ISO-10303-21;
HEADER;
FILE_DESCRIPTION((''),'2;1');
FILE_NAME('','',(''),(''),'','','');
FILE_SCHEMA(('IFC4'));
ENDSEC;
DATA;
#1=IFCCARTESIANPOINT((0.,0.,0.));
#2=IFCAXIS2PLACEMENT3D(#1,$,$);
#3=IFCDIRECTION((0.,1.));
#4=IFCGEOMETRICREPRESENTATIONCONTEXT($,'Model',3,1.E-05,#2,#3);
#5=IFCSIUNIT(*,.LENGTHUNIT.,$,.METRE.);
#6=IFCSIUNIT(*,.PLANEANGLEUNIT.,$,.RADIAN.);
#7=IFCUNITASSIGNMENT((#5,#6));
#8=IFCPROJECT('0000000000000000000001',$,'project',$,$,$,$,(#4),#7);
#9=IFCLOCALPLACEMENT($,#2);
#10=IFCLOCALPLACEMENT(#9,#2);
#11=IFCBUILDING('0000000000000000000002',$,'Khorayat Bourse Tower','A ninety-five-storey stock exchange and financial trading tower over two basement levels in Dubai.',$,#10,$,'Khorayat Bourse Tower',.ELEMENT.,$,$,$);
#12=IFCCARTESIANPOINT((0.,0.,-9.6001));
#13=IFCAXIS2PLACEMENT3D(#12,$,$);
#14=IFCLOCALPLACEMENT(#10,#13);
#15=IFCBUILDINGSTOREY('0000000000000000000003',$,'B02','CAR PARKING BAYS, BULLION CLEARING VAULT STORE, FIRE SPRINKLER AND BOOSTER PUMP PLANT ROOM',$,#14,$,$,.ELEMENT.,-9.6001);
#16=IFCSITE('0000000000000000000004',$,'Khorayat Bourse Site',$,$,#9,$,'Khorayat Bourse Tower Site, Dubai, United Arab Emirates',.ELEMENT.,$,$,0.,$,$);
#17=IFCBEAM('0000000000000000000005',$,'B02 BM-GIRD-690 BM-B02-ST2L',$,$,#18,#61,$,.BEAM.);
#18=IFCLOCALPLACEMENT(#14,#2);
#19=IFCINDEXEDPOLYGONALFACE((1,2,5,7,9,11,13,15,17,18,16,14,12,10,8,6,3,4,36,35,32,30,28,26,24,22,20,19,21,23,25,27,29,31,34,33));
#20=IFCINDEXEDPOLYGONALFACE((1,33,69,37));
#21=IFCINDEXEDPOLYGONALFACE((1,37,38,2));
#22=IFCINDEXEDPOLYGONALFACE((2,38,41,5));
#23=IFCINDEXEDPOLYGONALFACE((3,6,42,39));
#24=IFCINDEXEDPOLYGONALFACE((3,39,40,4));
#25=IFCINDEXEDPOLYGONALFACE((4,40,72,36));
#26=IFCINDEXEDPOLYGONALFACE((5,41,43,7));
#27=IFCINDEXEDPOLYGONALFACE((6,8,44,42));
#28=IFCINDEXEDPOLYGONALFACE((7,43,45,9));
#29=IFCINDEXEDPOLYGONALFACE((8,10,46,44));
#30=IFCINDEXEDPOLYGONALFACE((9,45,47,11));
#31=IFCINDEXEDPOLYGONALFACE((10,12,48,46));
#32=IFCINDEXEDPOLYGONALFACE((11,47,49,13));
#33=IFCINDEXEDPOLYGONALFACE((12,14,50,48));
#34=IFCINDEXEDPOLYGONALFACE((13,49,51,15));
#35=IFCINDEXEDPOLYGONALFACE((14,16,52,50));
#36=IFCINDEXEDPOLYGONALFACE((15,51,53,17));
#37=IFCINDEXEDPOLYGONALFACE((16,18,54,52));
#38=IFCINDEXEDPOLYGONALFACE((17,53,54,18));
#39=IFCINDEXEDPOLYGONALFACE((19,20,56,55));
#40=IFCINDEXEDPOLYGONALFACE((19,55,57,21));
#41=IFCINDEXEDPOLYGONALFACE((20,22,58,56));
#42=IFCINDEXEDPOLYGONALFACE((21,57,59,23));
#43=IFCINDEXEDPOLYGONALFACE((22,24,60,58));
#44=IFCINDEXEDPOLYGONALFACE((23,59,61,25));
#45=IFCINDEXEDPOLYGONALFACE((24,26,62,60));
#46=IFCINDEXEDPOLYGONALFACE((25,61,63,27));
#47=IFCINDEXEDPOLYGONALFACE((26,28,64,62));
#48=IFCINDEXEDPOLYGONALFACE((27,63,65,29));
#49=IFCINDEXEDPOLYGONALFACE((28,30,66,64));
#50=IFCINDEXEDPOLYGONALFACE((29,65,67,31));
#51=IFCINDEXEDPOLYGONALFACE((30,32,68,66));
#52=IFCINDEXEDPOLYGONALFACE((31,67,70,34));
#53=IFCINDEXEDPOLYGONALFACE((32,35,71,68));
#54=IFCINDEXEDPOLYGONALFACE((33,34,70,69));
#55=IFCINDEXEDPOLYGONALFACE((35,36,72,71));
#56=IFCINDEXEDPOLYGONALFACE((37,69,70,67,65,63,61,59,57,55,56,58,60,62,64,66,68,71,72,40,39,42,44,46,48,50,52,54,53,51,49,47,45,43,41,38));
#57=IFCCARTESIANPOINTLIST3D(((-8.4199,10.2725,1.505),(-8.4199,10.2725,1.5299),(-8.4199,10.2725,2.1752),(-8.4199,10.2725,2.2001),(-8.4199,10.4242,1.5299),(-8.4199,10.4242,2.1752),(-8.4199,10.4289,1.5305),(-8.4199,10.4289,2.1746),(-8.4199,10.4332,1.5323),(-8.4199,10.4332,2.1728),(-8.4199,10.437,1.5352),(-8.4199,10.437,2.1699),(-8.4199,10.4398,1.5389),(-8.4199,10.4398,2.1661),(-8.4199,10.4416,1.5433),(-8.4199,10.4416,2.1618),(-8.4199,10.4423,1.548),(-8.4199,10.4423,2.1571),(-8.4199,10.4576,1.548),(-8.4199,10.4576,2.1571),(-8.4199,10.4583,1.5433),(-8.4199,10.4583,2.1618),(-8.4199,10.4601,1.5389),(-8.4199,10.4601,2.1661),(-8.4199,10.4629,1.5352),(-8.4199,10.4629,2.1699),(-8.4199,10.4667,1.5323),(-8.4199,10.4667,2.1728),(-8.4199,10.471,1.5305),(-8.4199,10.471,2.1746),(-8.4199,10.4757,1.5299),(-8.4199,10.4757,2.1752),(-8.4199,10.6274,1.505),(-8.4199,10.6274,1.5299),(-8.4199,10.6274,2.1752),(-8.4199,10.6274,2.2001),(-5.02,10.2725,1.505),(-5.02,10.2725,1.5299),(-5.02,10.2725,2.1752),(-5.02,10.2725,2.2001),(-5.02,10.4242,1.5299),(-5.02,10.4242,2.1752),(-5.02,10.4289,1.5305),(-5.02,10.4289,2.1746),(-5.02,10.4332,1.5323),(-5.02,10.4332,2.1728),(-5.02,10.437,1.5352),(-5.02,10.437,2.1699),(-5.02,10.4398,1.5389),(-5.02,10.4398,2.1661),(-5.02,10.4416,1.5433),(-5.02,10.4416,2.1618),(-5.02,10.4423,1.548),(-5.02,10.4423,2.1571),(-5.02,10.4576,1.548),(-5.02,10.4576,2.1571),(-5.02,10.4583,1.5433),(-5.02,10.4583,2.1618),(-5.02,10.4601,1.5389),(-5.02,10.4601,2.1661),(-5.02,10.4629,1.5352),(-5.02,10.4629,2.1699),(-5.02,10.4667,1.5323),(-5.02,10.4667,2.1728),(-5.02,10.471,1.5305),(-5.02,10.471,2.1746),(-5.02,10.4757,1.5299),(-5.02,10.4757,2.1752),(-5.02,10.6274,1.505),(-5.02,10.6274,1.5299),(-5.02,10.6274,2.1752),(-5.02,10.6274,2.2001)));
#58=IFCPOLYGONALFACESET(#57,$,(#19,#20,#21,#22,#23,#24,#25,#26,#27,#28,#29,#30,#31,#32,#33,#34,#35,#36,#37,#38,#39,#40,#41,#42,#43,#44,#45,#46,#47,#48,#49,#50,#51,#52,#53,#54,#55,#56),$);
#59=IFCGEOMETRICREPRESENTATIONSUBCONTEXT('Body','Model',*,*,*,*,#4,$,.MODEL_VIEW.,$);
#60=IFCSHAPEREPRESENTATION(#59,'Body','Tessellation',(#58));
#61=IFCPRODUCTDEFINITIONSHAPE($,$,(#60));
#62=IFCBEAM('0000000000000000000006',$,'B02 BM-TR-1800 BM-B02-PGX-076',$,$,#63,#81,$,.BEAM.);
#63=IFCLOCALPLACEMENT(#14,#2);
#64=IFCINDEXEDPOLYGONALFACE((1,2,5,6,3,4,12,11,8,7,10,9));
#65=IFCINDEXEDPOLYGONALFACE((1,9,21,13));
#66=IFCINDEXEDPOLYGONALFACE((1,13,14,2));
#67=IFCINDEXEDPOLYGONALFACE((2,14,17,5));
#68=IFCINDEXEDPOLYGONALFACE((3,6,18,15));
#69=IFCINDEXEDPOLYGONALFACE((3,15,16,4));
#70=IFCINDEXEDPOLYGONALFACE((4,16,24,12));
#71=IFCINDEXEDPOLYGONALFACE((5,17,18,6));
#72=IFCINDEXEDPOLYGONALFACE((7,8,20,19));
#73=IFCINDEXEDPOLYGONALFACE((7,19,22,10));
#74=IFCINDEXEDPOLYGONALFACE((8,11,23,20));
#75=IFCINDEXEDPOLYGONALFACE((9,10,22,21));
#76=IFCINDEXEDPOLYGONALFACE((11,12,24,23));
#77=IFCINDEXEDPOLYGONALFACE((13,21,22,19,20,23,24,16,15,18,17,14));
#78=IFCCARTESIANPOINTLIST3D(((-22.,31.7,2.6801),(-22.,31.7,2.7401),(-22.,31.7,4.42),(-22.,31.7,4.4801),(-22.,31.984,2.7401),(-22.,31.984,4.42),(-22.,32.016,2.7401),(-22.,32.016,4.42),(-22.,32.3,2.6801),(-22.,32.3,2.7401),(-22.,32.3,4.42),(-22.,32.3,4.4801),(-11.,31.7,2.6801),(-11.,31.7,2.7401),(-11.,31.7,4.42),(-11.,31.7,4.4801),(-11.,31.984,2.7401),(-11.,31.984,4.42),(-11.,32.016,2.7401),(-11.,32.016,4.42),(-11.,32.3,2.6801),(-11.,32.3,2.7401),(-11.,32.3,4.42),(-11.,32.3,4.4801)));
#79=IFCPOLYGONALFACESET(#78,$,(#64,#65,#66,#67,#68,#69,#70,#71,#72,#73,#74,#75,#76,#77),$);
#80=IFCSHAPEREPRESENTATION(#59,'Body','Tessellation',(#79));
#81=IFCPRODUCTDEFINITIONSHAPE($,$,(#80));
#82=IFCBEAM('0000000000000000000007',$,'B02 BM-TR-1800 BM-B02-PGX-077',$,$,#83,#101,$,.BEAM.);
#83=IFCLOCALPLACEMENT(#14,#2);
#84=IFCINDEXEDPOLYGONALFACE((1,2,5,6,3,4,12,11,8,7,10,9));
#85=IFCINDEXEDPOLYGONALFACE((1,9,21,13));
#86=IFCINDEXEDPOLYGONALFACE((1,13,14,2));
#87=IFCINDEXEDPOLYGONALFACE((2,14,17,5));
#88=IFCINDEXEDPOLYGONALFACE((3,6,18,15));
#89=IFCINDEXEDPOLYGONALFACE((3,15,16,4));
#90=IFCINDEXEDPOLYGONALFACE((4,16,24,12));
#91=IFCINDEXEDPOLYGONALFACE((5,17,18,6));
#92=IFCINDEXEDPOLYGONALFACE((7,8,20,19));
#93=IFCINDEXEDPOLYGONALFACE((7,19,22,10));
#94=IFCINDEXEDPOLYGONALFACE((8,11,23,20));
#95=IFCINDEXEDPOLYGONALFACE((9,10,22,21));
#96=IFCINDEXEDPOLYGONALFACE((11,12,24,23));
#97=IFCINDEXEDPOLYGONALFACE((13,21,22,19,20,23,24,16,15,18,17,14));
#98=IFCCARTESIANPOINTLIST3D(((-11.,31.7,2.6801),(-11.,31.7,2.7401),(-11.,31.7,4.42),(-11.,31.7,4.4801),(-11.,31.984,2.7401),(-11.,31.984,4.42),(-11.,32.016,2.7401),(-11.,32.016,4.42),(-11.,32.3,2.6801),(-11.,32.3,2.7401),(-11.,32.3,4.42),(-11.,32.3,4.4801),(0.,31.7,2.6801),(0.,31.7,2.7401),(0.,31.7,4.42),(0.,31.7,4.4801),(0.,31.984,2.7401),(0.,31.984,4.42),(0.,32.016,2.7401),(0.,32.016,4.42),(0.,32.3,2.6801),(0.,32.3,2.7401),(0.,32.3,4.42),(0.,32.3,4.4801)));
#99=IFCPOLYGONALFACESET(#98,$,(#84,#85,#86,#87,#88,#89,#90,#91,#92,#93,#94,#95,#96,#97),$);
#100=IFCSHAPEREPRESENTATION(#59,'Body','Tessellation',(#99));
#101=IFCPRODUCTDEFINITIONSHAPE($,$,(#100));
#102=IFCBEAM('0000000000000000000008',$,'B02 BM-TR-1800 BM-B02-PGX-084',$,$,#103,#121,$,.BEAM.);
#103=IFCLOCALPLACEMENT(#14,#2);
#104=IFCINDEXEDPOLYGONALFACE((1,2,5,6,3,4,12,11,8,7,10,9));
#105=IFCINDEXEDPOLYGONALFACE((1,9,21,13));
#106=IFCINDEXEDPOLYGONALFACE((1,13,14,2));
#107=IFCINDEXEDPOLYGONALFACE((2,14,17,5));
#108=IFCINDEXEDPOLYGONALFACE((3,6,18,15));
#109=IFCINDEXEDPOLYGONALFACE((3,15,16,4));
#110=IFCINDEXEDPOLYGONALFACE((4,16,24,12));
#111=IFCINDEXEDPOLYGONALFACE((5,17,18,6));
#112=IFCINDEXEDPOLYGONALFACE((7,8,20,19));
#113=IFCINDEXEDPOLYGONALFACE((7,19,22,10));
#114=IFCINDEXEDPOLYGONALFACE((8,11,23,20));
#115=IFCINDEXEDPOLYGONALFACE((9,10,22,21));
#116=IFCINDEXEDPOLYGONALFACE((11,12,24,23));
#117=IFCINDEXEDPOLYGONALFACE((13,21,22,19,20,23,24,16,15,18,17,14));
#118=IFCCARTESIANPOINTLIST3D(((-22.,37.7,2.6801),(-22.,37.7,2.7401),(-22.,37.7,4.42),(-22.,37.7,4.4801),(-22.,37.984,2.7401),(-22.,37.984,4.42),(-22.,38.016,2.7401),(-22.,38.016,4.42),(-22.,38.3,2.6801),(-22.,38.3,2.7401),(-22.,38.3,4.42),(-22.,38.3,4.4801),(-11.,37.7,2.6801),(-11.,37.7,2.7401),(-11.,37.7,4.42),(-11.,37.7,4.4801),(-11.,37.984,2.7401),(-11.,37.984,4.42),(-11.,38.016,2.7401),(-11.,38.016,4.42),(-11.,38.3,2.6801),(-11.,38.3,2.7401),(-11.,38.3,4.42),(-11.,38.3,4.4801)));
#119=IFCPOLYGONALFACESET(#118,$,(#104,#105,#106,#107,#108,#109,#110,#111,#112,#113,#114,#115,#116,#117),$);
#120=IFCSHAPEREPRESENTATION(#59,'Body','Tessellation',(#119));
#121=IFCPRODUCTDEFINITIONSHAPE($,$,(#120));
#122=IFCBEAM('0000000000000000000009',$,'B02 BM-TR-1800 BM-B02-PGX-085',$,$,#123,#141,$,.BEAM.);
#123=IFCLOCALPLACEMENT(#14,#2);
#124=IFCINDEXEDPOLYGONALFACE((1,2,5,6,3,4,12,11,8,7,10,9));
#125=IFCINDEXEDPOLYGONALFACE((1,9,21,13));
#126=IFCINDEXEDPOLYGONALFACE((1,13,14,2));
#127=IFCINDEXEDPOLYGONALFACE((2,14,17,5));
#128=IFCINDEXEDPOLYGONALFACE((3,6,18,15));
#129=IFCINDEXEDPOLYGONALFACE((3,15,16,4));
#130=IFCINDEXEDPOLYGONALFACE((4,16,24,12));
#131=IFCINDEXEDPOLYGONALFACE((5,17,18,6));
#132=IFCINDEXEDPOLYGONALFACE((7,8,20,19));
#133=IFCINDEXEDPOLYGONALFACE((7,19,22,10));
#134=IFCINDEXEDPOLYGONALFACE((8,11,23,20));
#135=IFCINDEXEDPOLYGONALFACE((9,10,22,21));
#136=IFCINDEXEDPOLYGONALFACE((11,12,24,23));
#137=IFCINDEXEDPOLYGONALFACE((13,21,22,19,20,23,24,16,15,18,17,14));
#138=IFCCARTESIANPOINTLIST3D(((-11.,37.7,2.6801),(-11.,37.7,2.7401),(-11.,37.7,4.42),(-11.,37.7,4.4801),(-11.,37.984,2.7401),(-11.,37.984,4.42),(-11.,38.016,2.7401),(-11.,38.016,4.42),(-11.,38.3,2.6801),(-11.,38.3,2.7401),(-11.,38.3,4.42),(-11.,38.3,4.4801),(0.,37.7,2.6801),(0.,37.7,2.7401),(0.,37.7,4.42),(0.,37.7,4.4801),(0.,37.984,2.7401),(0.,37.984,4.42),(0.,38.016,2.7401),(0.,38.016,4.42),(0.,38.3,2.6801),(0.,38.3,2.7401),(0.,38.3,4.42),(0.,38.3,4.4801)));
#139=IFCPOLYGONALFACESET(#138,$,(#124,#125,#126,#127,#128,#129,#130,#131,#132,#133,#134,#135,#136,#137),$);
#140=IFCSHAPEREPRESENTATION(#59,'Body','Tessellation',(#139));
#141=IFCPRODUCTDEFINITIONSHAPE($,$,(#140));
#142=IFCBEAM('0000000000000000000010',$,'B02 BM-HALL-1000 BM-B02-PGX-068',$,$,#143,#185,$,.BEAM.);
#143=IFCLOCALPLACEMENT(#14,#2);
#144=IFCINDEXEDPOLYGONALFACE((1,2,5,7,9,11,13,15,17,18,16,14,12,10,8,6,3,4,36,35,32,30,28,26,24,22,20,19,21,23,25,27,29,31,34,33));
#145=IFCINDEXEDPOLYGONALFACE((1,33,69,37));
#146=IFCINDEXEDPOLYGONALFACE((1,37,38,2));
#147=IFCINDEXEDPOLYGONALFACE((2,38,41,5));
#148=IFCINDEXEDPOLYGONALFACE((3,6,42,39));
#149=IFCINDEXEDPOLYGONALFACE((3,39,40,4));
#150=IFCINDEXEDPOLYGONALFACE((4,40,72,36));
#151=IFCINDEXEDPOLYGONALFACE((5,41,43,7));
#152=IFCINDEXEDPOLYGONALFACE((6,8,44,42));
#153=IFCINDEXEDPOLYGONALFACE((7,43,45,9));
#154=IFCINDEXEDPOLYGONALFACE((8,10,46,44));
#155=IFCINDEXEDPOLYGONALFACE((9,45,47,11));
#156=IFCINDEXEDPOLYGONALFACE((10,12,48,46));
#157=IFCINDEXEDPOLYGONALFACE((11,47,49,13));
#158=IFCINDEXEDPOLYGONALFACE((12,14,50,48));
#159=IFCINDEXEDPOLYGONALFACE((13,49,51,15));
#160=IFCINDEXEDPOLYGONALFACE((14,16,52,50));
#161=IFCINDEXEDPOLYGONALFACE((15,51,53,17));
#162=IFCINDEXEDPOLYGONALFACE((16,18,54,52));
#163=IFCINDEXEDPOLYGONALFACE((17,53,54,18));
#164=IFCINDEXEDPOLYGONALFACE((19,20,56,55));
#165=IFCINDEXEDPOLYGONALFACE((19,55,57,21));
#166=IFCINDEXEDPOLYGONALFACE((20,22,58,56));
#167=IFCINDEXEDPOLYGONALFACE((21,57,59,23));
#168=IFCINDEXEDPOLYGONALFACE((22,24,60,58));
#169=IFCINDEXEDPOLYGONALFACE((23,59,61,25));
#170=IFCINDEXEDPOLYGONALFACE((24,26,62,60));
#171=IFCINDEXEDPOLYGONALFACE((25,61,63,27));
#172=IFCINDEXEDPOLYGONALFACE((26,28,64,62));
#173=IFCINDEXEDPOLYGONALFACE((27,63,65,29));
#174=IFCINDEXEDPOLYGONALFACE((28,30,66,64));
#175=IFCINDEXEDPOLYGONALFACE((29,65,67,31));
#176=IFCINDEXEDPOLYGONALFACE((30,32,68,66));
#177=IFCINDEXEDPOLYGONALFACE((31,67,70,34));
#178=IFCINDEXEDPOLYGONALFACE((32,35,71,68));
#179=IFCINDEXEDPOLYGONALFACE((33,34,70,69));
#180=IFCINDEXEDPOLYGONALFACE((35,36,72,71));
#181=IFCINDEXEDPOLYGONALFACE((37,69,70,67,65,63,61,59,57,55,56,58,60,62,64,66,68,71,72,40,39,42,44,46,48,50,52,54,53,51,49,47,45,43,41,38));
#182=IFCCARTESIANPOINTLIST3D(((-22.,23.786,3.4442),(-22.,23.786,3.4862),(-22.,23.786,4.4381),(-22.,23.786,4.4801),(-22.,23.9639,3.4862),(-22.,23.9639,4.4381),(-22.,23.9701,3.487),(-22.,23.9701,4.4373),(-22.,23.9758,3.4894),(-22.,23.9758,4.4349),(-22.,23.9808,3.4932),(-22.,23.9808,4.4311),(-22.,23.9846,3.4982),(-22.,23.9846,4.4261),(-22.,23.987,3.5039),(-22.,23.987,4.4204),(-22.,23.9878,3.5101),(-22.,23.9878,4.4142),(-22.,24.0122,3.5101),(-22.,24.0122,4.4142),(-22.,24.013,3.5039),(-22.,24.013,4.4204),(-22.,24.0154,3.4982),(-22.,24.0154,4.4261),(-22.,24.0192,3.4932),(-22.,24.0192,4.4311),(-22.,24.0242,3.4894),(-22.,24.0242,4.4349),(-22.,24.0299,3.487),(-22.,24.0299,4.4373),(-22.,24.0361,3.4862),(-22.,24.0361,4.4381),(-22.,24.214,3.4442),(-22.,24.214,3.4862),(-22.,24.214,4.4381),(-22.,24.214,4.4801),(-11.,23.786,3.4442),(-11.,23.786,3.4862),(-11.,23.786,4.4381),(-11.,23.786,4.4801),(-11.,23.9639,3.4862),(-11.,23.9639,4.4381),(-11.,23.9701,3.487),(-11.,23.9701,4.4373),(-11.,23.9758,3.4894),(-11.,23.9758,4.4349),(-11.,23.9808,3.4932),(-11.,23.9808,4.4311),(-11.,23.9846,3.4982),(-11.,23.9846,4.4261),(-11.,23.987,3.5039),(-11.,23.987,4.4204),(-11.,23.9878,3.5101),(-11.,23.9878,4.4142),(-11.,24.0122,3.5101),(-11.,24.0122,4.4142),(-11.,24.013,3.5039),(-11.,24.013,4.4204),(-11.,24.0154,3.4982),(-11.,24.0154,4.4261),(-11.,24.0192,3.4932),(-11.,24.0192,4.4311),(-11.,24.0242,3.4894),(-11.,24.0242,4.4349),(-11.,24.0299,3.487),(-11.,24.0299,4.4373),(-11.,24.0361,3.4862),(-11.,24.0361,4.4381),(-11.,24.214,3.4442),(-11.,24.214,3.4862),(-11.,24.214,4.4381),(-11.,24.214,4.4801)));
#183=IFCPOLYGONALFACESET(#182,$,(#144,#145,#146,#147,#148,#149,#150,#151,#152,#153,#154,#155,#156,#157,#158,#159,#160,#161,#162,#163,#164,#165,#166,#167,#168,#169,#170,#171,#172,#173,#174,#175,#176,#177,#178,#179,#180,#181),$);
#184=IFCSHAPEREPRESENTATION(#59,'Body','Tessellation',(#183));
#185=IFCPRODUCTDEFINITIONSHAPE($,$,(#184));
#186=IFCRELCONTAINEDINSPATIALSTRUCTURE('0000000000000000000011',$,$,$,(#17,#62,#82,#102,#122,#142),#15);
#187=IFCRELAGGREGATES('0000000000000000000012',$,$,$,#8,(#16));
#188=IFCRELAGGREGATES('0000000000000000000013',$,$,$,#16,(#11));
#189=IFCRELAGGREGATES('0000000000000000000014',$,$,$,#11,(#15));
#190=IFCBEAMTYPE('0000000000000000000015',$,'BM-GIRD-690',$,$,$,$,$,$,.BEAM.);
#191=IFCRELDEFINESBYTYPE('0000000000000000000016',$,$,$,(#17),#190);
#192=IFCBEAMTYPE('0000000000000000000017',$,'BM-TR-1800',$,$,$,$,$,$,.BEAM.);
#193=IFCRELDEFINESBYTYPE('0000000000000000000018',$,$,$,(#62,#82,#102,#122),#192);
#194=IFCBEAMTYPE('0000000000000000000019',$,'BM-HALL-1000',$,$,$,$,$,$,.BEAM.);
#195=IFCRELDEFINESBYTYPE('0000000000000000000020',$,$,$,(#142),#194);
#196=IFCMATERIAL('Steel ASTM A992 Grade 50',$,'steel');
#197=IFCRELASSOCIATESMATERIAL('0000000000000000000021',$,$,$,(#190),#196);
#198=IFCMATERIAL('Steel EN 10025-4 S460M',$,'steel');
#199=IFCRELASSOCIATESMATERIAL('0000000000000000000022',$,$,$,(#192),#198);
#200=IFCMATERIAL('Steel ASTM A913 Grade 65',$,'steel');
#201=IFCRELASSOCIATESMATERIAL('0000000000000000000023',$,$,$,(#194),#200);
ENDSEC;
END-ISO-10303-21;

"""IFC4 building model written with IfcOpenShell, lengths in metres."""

from ifc_helpers import new_model, si_unit, direction, frame, origin, origin_2d, place, context, subcontext, project, spatial, i_section, extrude, source, transform, mapped, material, material_profile, profile_set, type_object, element, save


model = new_model("IFC4")

# Units and contexts
model_context = context("Model", 3, precision=1e-05, world=origin(), true_north=direction((0.0, 1.0)))
body_context = subcontext(model_context, "Body", "Model", "MODEL_VIEW")
ifc_project = project(units=[si_unit("LENGTHUNIT", "METRE"), si_unit("PLANEANGLEUNIT", "RADIAN")], contexts=[model_context])

# Site, building, storey
site_placement = place(None, origin())
site = spatial("IfcSite", under=ifc_project, at=site_placement, Name="Khorayat Bourse Site", LongName="Khorayat Bourse Tower Site, Dubai, United Arab Emirates", CompositionType="ELEMENT", RefElevation=0.0)
building_placement = place(site_placement, origin())
building = spatial("IfcBuilding", under=site, at=building_placement, Name="Khorayat Bourse Tower", Description="A ninety-five-storey stock exchange and financial trading tower over two basement levels in Dubai.", LongName="Khorayat Bourse Tower", CompositionType="ELEMENT")
storey_placement = place(building_placement, frame((0.0, 0.0, -9.6001)))
storey = spatial("IfcBuildingStorey", under=building, at=storey_placement, Name="B02", Description="CAR PARKING BAYS, BULLION CLEARING VAULT STORE, FIRE SPRINKLER AND BOOSTER PUMP PLANT ROOM", CompositionType="ELEMENT", Elevation=-9.6001)

# Beams
ifc_material_1 = material(Name="Steel ASTM A992 Grade 50", Category="steel")
ifc_material_profile_1 = material_profile(ifc_material_1, i_section(OverallWidth=0.355, OverallDepth=0.6951, WebThickness=0.0154, FlangeThickness=0.0249, FilletRadius=0.0181, at=origin_2d()), Name="W690X217")
ifc_profile_set_1 = profile_set([ifc_material_profile_1], Name="Steel ASTM A992 Grade 50")
beam_type_1 = type_object("IfcBeamType", Name="BM-GIRD-690", PredefinedType="BEAM", material=ifc_profile_set_1)
shared_shape_1 = source(origin(), body_context, "Body", "SweptSolid", [
    extrude(i_section(OverallWidth=0.355, OverallDepth=0.6951, WebThickness=0.0154, FlangeThickness=0.0249, FilletRadius=0.0181, at=origin_2d()), origin(), (0.0, 0.0, 1.0), 3.3999),
])
beam_1_placement = place(storey_placement, frame((-8.4199, 10.45, 1.8525), z_axis=(1.0, 0.0, 0.0), x_axis=(0.0, 1.0, 0.0)))
element("IfcBeam", 1, at=beam_1_placement, inside=storey, type_object=beam_type_1, Name="B02 BM-GIRD-690 BM-B02-ST2L", PredefinedType="BEAM", context=body_context, shape_type="MappedRepresentation", body=[
    mapped(shared_shape_1, transform((0.0, 0.0, 0.0), scale=1.0)),
])
ifc_material_2 = material(Name="Steel EN 10025-4 S460M", Category="steel")
ifc_material_profile_2 = material_profile(ifc_material_2, i_section(OverallWidth=0.6001, OverallDepth=1.8, WebThickness=0.032, FlangeThickness=0.0601, at=origin_2d()), Name="PG 1800x600x32x60")
ifc_profile_set_2 = profile_set([ifc_material_profile_2], Name="Steel EN 10025-4 S460M")
beam_type_2 = type_object("IfcBeamType", Name="BM-TR-1800", PredefinedType="BEAM", material=ifc_profile_set_2)
shared_shape_2 = source(origin(), body_context, "Body", "SweptSolid", [
    extrude(i_section(OverallWidth=0.6001, OverallDepth=1.8, WebThickness=0.032, FlangeThickness=0.0601, at=origin_2d()), origin(), (0.0, 0.0, 1.0), 11.0),
])
for number, where, z_axis, x_axis, name in (
    (2, (-22.0, 32.0, 3.5801), (1.0, 0.0, 0.0), (0.0, 1.0, 0.0), "B02 BM-TR-1800 BM-B02-PGX-076"),
    (3, (-11.0, 32.0, 3.5801), (1.0, 0.0, 0.0), (0.0, 1.0, 0.0), "B02 BM-TR-1800 BM-B02-PGX-077"),
    (4, (-22.0, 38.0, 3.5801), (1.0, 0.0, 0.0), (0.0, 1.0, 0.0), "B02 BM-TR-1800 BM-B02-PGX-084"),
    (5, (-11.0, 38.0, 3.5801), (1.0, 0.0, 0.0), (0.0, 1.0, 0.0), "B02 BM-TR-1800 BM-B02-PGX-085"),
):
    element("IfcBeam", number, at=place(storey_placement, frame(where, z_axis=z_axis, x_axis=x_axis)), inside=storey, type_object=beam_type_2, Name=name, PredefinedType="BEAM", context=body_context, shape_type="MappedRepresentation", body=[
        mapped(shared_shape_2, transform((0.0, 0.0, 0.0), scale=1.0)),
    ])
ifc_material_3 = material(Name="Steel ASTM A913 Grade 65", Category="steel")
ifc_material_profile_3 = material_profile(ifc_material_3, i_section(OverallWidth=0.428, OverallDepth=1.0359, WebThickness=0.0244, FlangeThickness=0.042, FilletRadius=0.0239, at=origin_2d()), Name="W1000X443")
ifc_profile_set_3 = profile_set([ifc_material_profile_3], Name="Steel ASTM A913 Grade 65")
beam_type_3 = type_object("IfcBeamType", Name="BM-HALL-1000", PredefinedType="BEAM", material=ifc_profile_set_3)
shared_shape_3 = source(origin(), body_context, "Body", "SweptSolid", [
    extrude(i_section(OverallWidth=0.428, OverallDepth=1.0359, WebThickness=0.0244, FlangeThickness=0.042, FilletRadius=0.0239, at=origin_2d()), origin(), (0.0, 0.0, 1.0), 11.0),
])
for number, where, z_axis, x_axis, name in (
    (6, (-22.0, 24.0, 3.9622), (1.0, 0.0, 0.0), (0.0, 1.0, 0.0), "B02 BM-HALL-1000 BM-B02-PGX-068"),
):
    element("IfcBeam", number, at=place(storey_placement, frame(where, z_axis=z_axis, x_axis=x_axis)), inside=storey, type_object=beam_type_3, Name=name, PredefinedType="BEAM", context=body_context, shape_type="MappedRepresentation", body=[
        mapped(shared_shape_3, transform((0.0, 0.0, 0.0), scale=1.0)),
    ])

save(model, "model.ifc")
